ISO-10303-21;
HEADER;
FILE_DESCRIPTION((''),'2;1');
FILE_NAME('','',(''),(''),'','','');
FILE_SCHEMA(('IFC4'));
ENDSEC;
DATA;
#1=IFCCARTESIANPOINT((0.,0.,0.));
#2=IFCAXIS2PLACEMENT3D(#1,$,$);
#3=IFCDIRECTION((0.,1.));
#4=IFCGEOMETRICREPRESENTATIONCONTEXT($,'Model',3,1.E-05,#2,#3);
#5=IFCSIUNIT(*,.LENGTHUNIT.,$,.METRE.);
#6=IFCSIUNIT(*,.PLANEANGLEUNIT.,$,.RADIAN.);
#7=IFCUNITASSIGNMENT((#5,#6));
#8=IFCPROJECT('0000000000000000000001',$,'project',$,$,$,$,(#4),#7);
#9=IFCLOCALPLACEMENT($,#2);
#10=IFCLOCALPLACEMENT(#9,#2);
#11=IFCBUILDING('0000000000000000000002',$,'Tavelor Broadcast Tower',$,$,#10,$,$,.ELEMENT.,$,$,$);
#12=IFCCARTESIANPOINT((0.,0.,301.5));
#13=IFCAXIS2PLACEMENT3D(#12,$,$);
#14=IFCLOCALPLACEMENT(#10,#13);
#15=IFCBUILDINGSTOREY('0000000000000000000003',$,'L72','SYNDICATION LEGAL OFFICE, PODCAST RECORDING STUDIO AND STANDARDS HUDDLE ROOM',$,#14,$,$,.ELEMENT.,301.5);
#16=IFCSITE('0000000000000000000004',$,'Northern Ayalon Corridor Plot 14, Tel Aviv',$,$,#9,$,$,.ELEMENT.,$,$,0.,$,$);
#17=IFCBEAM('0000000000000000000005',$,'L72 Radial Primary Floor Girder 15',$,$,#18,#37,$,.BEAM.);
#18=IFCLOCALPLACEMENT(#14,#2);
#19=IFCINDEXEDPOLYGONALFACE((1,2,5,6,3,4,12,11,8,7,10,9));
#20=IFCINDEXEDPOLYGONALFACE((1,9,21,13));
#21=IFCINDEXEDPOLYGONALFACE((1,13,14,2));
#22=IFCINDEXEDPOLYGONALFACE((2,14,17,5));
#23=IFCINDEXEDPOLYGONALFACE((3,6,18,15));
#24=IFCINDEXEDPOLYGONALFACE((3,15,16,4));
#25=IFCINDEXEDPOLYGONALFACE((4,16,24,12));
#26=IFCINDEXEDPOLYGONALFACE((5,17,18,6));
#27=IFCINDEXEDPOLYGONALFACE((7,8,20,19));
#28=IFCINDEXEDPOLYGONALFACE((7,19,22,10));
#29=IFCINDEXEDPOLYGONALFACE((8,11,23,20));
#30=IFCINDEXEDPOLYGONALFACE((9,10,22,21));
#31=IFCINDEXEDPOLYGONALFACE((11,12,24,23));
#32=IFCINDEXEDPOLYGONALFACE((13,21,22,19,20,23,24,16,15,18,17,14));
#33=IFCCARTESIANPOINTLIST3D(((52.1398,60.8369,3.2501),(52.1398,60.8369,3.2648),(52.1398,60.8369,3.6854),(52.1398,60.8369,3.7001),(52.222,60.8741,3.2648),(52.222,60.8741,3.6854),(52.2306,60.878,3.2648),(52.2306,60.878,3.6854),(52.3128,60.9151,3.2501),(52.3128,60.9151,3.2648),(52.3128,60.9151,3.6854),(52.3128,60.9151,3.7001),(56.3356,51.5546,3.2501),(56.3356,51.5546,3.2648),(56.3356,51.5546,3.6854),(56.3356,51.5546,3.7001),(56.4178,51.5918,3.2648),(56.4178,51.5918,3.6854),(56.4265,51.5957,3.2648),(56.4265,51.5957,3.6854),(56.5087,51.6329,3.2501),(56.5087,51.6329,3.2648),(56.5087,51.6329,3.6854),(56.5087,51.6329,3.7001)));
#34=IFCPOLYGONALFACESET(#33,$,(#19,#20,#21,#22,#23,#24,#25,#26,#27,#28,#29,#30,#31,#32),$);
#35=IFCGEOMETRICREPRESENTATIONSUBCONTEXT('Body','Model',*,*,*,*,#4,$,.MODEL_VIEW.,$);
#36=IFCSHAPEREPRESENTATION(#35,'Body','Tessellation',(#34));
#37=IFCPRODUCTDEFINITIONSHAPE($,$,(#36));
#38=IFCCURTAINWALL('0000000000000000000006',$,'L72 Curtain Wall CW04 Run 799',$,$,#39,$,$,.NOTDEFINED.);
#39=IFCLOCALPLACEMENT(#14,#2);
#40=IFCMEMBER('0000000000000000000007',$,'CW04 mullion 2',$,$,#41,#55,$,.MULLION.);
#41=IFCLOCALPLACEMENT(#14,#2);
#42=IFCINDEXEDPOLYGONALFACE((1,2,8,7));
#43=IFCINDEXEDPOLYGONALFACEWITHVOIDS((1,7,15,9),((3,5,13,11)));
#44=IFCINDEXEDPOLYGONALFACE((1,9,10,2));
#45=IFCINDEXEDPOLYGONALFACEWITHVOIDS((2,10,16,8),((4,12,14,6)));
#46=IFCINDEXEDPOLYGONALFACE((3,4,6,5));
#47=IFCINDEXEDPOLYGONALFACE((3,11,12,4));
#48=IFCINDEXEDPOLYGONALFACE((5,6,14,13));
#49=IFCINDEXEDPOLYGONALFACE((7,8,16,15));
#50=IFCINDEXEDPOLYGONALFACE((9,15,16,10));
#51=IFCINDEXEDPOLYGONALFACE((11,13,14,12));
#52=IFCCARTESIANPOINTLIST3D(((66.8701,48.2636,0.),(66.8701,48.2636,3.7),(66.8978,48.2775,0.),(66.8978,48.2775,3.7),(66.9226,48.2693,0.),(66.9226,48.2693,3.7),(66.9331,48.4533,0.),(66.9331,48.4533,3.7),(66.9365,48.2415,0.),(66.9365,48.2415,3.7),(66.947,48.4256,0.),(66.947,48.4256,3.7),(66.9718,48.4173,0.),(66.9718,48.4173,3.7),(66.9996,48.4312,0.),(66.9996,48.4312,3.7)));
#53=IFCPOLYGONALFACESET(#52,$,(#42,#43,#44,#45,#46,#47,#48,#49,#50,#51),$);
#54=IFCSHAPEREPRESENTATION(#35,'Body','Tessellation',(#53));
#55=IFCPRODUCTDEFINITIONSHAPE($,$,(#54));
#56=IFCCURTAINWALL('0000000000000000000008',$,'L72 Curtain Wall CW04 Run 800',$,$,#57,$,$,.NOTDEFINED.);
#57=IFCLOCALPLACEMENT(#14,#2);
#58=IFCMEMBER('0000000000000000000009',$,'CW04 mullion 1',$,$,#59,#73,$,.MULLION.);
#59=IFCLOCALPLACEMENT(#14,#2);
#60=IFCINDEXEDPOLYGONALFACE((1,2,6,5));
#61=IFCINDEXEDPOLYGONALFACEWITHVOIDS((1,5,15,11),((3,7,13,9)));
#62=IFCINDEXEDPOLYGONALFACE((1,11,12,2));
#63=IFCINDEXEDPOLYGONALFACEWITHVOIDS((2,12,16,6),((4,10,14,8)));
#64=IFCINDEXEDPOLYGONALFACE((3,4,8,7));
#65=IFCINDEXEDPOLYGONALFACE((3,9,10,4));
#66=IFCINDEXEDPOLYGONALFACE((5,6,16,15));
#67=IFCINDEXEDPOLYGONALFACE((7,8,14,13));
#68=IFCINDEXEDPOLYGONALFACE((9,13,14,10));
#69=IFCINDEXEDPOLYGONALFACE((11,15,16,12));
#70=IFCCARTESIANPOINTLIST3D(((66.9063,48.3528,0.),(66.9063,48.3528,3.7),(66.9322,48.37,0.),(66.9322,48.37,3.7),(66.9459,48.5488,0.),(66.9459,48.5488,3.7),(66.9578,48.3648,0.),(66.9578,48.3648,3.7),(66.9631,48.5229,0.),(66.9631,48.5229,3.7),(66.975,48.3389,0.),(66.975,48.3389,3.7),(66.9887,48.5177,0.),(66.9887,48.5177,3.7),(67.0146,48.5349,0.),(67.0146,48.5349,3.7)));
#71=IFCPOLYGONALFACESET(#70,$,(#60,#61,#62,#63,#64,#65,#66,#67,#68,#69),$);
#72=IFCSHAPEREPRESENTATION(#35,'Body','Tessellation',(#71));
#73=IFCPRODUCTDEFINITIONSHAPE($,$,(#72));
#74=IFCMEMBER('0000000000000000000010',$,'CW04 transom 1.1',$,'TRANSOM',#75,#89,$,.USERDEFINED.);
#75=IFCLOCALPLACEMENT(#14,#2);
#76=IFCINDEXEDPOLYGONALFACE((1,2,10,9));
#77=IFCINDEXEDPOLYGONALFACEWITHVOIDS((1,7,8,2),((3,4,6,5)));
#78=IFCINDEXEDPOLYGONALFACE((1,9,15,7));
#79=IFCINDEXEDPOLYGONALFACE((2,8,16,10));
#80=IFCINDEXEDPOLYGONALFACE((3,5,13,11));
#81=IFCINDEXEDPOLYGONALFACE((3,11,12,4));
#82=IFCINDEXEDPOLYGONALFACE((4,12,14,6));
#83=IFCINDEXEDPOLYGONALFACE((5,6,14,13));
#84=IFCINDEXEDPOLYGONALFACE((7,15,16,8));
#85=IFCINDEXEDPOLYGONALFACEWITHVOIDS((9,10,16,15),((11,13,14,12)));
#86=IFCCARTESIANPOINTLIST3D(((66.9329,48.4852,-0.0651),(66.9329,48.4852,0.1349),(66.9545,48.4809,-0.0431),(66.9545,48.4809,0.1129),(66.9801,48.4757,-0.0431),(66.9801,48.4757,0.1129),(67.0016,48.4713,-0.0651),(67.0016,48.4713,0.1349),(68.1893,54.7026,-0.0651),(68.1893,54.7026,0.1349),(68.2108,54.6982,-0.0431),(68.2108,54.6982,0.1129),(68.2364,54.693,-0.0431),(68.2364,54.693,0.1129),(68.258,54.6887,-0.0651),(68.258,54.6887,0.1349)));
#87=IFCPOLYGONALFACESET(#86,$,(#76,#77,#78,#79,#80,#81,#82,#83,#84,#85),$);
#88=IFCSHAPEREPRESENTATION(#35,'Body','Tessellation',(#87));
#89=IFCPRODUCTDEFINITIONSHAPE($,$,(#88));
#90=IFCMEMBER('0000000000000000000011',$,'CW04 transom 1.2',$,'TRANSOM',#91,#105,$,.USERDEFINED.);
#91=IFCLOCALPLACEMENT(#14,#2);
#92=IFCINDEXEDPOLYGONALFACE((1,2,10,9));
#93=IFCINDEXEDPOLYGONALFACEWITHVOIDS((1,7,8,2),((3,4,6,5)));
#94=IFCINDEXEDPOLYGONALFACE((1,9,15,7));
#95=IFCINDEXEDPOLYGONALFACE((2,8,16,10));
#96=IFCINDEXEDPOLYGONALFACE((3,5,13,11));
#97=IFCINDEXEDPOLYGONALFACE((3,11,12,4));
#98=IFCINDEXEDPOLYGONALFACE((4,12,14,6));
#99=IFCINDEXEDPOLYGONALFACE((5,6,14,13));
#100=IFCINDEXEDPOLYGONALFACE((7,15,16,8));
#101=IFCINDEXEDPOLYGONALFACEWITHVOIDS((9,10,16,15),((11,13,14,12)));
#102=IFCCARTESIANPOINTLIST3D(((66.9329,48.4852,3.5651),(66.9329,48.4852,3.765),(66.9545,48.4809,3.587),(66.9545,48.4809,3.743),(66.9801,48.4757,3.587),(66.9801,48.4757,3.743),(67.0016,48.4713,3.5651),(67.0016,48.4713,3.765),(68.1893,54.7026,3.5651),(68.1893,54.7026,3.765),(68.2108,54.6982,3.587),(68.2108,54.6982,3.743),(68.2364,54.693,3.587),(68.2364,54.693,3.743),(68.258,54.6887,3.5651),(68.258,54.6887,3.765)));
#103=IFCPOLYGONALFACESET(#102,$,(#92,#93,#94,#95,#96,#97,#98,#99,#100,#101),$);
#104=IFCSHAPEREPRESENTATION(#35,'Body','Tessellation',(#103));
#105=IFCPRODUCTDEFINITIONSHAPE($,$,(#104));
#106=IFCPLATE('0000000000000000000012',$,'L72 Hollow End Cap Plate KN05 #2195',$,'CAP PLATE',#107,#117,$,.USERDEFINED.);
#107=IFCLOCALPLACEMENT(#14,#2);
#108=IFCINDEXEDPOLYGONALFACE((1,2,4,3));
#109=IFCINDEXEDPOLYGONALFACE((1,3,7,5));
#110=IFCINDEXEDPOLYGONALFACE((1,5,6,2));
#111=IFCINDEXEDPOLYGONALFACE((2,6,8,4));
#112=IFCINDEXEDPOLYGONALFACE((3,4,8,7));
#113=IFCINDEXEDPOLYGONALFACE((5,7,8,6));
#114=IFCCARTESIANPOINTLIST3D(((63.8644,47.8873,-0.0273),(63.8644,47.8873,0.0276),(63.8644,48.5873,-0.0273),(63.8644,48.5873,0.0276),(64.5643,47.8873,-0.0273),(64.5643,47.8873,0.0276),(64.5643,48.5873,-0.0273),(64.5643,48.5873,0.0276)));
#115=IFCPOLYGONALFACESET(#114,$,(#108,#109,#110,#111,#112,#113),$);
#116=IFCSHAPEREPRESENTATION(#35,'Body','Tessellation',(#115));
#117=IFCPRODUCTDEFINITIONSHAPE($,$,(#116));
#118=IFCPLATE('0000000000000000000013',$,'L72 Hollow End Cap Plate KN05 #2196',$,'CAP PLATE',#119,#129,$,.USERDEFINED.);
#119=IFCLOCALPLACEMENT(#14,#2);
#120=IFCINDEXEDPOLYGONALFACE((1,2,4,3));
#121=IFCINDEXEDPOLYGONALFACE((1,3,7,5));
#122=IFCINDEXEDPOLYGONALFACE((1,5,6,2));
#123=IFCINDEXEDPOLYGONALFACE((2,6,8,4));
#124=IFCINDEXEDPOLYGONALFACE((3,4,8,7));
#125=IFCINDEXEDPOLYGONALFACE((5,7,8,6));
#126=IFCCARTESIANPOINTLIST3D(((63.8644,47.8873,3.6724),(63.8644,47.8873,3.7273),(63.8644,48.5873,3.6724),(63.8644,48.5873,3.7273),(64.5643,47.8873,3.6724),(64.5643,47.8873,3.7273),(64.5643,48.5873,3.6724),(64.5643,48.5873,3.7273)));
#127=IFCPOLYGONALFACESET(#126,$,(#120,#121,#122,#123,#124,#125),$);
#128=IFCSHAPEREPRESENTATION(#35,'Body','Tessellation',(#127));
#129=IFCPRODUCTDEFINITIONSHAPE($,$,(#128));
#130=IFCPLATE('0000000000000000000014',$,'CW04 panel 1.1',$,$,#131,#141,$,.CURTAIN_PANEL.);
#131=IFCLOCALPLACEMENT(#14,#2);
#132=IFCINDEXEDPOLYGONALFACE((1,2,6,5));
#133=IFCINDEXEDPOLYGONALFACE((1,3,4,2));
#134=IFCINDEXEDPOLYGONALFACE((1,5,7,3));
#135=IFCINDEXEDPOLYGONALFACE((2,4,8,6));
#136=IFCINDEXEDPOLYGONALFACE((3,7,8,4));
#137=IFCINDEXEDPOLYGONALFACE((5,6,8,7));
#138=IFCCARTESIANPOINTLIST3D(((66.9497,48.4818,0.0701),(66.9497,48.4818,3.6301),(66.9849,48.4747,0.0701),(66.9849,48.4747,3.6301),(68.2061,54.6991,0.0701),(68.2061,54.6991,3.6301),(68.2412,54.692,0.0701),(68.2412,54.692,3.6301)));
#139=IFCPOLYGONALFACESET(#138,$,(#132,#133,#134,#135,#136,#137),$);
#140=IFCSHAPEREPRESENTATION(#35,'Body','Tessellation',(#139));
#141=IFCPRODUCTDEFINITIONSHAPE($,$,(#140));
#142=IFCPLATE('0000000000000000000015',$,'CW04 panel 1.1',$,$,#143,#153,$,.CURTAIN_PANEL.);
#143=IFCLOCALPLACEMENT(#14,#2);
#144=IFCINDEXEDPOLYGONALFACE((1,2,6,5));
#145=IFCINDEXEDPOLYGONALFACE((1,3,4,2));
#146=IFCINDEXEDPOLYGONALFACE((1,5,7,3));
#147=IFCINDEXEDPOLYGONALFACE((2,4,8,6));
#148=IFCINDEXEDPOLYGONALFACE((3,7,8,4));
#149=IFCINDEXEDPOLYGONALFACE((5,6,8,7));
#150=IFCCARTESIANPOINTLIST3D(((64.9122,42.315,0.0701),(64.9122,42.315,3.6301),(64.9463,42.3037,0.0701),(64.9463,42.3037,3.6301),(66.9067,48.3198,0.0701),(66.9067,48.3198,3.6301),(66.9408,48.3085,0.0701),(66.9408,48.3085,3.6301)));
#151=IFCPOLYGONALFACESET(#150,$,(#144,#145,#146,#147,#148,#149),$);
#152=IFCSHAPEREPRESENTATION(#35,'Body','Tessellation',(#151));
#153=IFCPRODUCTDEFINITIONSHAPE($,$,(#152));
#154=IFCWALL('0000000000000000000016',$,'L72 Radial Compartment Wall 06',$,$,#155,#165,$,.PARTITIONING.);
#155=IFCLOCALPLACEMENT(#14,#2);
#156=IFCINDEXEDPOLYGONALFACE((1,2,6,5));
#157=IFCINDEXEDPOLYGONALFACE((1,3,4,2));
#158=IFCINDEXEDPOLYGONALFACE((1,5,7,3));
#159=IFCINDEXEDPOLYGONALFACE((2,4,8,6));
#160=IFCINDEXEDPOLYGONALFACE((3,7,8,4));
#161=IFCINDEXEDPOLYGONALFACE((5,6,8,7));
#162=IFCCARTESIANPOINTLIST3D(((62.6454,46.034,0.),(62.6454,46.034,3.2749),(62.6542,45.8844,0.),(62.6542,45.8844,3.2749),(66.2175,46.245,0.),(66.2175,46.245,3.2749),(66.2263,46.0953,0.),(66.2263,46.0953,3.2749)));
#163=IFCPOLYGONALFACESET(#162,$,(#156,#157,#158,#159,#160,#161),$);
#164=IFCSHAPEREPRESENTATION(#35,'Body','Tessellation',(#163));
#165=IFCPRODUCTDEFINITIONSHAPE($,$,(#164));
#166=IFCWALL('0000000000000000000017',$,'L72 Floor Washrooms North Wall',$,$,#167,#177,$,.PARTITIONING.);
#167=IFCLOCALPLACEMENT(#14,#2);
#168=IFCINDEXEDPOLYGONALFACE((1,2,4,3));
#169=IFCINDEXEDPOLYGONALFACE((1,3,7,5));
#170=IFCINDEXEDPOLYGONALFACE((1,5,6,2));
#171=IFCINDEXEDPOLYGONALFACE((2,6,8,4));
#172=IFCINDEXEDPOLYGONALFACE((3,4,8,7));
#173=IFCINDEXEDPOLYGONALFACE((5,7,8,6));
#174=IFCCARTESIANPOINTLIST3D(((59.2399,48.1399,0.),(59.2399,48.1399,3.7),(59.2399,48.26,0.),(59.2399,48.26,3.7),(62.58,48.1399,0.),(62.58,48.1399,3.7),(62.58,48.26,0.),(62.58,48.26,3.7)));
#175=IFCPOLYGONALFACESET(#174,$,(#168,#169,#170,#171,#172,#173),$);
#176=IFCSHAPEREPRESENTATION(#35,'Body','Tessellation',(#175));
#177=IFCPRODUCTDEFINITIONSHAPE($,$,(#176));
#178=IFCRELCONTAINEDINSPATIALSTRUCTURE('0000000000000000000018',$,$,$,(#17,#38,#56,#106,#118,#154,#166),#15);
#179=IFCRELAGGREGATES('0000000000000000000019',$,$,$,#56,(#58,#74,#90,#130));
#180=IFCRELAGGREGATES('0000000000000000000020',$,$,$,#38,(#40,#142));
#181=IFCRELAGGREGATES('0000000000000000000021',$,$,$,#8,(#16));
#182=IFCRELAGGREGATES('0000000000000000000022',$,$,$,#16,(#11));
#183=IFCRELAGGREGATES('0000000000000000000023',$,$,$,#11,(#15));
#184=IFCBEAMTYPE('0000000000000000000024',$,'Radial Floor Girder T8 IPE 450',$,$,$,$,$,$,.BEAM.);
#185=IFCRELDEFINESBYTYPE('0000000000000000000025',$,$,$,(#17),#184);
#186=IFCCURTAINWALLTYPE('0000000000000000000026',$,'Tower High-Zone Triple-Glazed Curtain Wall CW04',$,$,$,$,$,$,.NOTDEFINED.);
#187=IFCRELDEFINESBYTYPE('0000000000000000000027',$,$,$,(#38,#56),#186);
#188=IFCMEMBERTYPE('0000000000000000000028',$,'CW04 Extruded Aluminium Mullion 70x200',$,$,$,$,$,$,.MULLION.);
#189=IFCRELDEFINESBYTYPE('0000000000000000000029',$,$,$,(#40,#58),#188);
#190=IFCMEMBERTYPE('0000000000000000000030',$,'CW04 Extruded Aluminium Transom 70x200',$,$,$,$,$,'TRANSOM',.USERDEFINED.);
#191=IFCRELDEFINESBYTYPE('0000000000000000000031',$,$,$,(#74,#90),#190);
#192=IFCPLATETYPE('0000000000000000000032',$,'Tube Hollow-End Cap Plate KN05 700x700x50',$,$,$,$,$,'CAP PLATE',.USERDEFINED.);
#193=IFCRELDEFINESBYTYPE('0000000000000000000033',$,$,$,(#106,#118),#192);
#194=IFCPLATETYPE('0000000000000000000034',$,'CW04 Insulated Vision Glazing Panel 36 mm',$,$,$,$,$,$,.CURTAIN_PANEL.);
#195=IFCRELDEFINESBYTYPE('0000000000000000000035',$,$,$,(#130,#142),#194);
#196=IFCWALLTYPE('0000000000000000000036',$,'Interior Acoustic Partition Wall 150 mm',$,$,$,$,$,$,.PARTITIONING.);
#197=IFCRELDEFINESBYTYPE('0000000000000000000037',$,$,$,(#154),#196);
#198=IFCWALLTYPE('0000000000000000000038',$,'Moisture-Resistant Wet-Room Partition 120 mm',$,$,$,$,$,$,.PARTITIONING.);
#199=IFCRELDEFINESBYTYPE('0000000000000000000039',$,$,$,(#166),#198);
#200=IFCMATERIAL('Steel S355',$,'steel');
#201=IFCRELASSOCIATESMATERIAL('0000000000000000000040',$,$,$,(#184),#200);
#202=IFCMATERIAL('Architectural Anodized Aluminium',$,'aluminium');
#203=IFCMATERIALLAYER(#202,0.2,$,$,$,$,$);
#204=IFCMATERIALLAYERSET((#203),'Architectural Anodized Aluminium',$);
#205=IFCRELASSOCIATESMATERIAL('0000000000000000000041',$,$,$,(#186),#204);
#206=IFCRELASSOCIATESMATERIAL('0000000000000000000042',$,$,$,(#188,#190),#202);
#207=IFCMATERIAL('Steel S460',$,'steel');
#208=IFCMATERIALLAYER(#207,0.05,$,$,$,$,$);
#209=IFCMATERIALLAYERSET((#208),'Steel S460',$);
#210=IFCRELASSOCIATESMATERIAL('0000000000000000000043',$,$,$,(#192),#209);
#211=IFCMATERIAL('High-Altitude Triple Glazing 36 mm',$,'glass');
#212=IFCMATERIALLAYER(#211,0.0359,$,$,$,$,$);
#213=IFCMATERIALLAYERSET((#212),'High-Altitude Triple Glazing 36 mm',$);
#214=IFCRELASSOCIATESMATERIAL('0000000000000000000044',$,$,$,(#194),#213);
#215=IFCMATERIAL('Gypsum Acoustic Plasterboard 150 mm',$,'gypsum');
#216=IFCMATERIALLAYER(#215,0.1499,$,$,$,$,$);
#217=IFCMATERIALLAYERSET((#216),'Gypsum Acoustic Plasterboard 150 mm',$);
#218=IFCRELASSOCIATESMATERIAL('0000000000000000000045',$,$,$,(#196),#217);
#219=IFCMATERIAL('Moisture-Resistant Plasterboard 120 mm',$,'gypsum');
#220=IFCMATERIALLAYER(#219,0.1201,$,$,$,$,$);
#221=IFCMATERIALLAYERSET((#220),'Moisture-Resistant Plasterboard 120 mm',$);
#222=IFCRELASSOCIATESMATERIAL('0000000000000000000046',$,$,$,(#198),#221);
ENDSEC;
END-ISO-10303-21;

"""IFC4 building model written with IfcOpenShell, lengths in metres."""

from ifc_helpers import new_model, si_unit, direction, frame, frame_2d, origin, origin_2d, place, context, subcontext, project, spatial, rectangle, hollow_rectangle, i_section, extrude, source, transform, mapped, material, layer, layer_set, material_profile, profile_set, type_object, type_shapes, element, aggregate, save


model = new_model("IFC4")

# Units and contexts
model_context = context("Model", 3, precision=1e-05, world=origin(), true_north=direction((0.0, 1.0)))
body_context = subcontext(model_context, "Body", "Model", "MODEL_VIEW")
ifc_project = project(units=[si_unit("LENGTHUNIT", "METRE"), si_unit("PLANEANGLEUNIT", "RADIAN")], contexts=[model_context])

# Site, building, storey
site_placement = place(None, origin())
site = spatial("IfcSite", under=ifc_project, at=site_placement, Name="Northern Ayalon Corridor Plot 14, Tel Aviv", CompositionType="ELEMENT", RefElevation=0.0)
building_placement = place(site_placement, origin())
building = spatial("IfcBuilding", under=site, at=building_placement, Name="Tavelor Broadcast Tower", CompositionType="ELEMENT")
storey_placement = place(building_placement, frame((0.0, 0.0, 301.5)))
storey = spatial("IfcBuildingStorey", under=building, at=storey_placement, Name="L72", Description="SYNDICATION LEGAL OFFICE, PODCAST RECORDING STUDIO AND STANDARDS HUDDLE ROOM", CompositionType="ELEMENT", Elevation=301.5)

# Shared definitions
ifc_material_1 = material(Name="Steel S460", Category="steel")

# Beam
ifc_material_2 = material(Name="Steel S355", Category="steel")
ifc_material_profile_1 = material_profile(ifc_material_2, i_section(OverallWidth=0.1899, OverallDepth=0.45, WebThickness=0.0095, FlangeThickness=0.0146, at=origin_2d()), Name="IPE 450")
ifc_profile_set_1 = profile_set([ifc_material_profile_1], Name="Steel S355")
beam_type_1 = type_object("IfcBeamType", Name="Radial Floor Girder T8 IPE 450", PredefinedType="BEAM", material=ifc_profile_set_1)
beam_1_placement = place(storey_placement, frame((56.4221, 51.5938, 3.4751), z_axis=(-0.411899, 0.91123, 0.0), x_axis=(-0.91123, -0.411899, 0.0)))
element("IfcBeam", 1, at=beam_1_placement, inside=storey, type_object=beam_type_1, Name="L72 Radial Primary Floor Girder 15", PredefinedType="BEAM", context=body_context, shape_type="SweptSolid", body=[
    extrude(i_section(OverallWidth=0.1899, OverallDepth=0.45, WebThickness=0.0095, FlangeThickness=0.0146, at=origin_2d()), origin(), (0.0, 0.0, 1.0), 10.1865),
])

# Curtain wall, member
ifc_material_3 = material(Name="Architectural Anodized Aluminium", Category="aluminium")
ifc_layer_1 = layer(ifc_material_3, 0.2)
ifc_layer_set_1 = layer_set([ifc_layer_1], Name="Architectural Anodized Aluminium")
curtain_wall_type = type_object("IfcCurtainWallType", Name="Tower High-Zone Triple-Glazed Curtain Wall CW04", PredefinedType="NOTDEFINED", material=ifc_layer_set_1)
curtain_wall_1_placement = place(storey_placement, origin())
curtain_wall_1 = element("IfcCurtainWall", 2, at=curtain_wall_1_placement, inside=storey, type_object=curtain_wall_type, Name="L72 Curtain Wall CW04 Run 799", PredefinedType="NOTDEFINED")
ifc_material_profile_2 = material_profile(ifc_material_3, hollow_rectangle(XDim=0.0701, YDim=0.2, WallThickness=0.022, at=origin_2d()), Name="RHS 70x200x22")
ifc_profile_set_2 = profile_set([ifc_material_profile_2], Name="Architectural Anodized Aluminium")
member_type_1 = type_object("IfcMemberType", Name="CW04 Extruded Aluminium Mullion 70x200", PredefinedType="MULLION", material=ifc_profile_set_2)
shared_shape_1 = source(origin(), body_context, "Body", "SweptSolid", [
    extrude(hollow_rectangle(XDim=0.0701, YDim=0.2, WallThickness=0.022, at=origin_2d()), origin(), (0.0, 0.0, 1.0), 3.7),
])
type_shapes(member_type_1, [shared_shape_1])
member_1_placement = place(storey_placement, frame((66.9348, 48.3474, 0.0), z_axis=(0.0, 0.0, 1.0), x_axis=(-0.94902, 0.315216, 0.0)))
member_1 = element("IfcMember", 3, at=member_1_placement, type_object=member_type_1, Name="CW04 mullion 2", PredefinedType="MULLION", context=body_context, shape_type="MappedRepresentation", body=[
    mapped(shared_shape_1, transform((0.0, 0.0, 0.0), scale=1.0)),
])

# Curtain wall, members
curtain_wall_2_placement = place(storey_placement, origin())
curtain_wall_2 = element("IfcCurtainWall", 4, at=curtain_wall_2_placement, inside=storey, type_object=curtain_wall_type, Name="L72 Curtain Wall CW04 Run 800", PredefinedType="NOTDEFINED")
member_2_placement = place(storey_placement, frame((66.9604, 48.4438, 0.0), z_axis=(0.0, 0.0, 1.0), x_axis=(-0.980188, 0.198071, 0.0)))
member_2 = element("IfcMember", 5, at=member_2_placement, type_object=member_type_1, Name="CW04 mullion 1", PredefinedType="MULLION", context=body_context, shape_type="MappedRepresentation", body=[
    mapped(shared_shape_1, transform((0.0, 0.0, 0.0), scale=1.0)),
])
ifc_material_profile_3 = material_profile(ifc_material_3, hollow_rectangle(XDim=0.0701, YDim=0.2, WallThickness=0.022, at=origin_2d()), Name="RHS 70x200x22")
ifc_profile_set_3 = profile_set([ifc_material_profile_3], Name="Architectural Anodized Aluminium")
member_type_2 = type_object("IfcMemberType", Name="CW04 Extruded Aluminium Transom 70x200", ElementType="TRANSOM", PredefinedType="USERDEFINED", material=ifc_profile_set_3)
shared_shape_2 = source(origin(), body_context, "Body", "SweptSolid", [
    extrude(hollow_rectangle(XDim=0.0701, YDim=0.2, WallThickness=0.022, at=origin_2d()), origin(), (0.0, 0.0, 1.0), 6.343),
])
type_shapes(member_type_2, [shared_shape_2])
member_3_placement = place(storey_placement, frame((66.9673, 48.4783, 0.0349), z_axis=(0.19807, 0.980188, 0.0), x_axis=(-0.980188, 0.19807, 0.0)))
member_3 = element("IfcMember", 6, at=member_3_placement, type_object=member_type_2, Name="CW04 transom 1.1", ObjectType="TRANSOM", PredefinedType="USERDEFINED", context=body_context, shape_type="MappedRepresentation", body=[
    mapped(shared_shape_2, transform((0.0, 0.0, 0.0), scale=1.0)),
])
member_4_placement = place(storey_placement, frame((66.9673, 48.4783, 3.665), z_axis=(0.19807, 0.980188, 0.0), x_axis=(-0.980188, 0.19807, 0.0)))
member_4 = element("IfcMember", 7, at=member_4_placement, type_object=member_type_2, Name="CW04 transom 1.2", ObjectType="TRANSOM", PredefinedType="USERDEFINED", context=body_context, shape_type="MappedRepresentation", body=[
    mapped(shared_shape_2, transform((0.0, 0.0, 0.0), scale=1.0)),
])

# Plates
ifc_layer_2 = layer(ifc_material_1, 0.05)
ifc_layer_set_2 = layer_set([ifc_layer_2], Name="Steel S460")
plate_type_1 = type_object("IfcPlateType", Name="Tube Hollow-End Cap Plate KN05 700x700x50", ElementType="CAP PLATE", PredefinedType="USERDEFINED", material=ifc_layer_set_2)
shared_shape_3 = source(origin(), body_context, "Body", "SweptSolid", [
    extrude(rectangle(XDim=0.7, YDim=0.7, at=origin_2d()), origin(), (0.0, 0.0, 1.0), 0.0549),
])
type_shapes(plate_type_1, [shared_shape_3])
for number, where, z_axis, x_axis, name in (
    (8, (64.2144, 48.2373, -0.0273), (0.0, 0.0, 1.0), (1.0, 0.0, 0.0), "L72 Hollow End Cap Plate KN05 #2195"),
    (9, (64.2144, 48.2373, 3.6724), (0.0, 0.0, 1.0), (1.0, 0.0, 0.0), "L72 Hollow End Cap Plate KN05 #2196"),
):
    element("IfcPlate", number, at=place(storey_placement, frame(where, z_axis=z_axis, x_axis=x_axis)), inside=storey, type_object=plate_type_1, Name=name, ObjectType="CAP PLATE", PredefinedType="USERDEFINED", context=body_context, shape_type="MappedRepresentation", body=[
        mapped(shared_shape_3, transform((0.0, 0.0, 0.0), scale=1.0)),
    ])

# Plates
ifc_material_4 = material(Name="High-Altitude Triple Glazing 36 mm", Category="glass")
ifc_layer_3 = layer(ifc_material_4, 0.0359)
ifc_layer_set_3 = layer_set([ifc_layer_3], Name="High-Altitude Triple Glazing 36 mm")
plate_type_2 = type_object("IfcPlateType", Name="CW04 Insulated Vision Glazing Panel 36 mm", PredefinedType="CURTAIN_PANEL", material=ifc_layer_set_3)
shared_shape_4 = source(origin(), body_context, "Body", "SweptSolid", [
    extrude(rectangle(XDim=6.343, YDim=0.0359, at=origin_2d()), origin(), (0.0, 0.0, 1.0), 3.5601),
])
plate_1_placement = place(storey_placement, frame((67.5955, 51.5869, 0.0701), z_axis=(0.0, 0.0, 1.0), x_axis=(0.198071, 0.980188, 0.0)))
plate_1 = element("IfcPlate", 10, at=plate_1_placement, type_object=plate_type_2, Name="CW04 panel 1.1", PredefinedType="CURTAIN_PANEL", context=body_context, shape_type="MappedRepresentation", body=[
    mapped(shared_shape_4, transform((0.0, 0.0, 0.0), scale=1.0)),
])
aggregate(curtain_wall_2, [member_2, member_3, member_4, plate_1])
shared_shape_5 = source(origin(), body_context, "Body", "SweptSolid", [
    extrude(rectangle(XDim=6.3274, YDim=0.0359, at=origin_2d()), origin(), (0.0, 0.0, 1.0), 3.5601),
])
type_shapes(plate_type_2, [shared_shape_4, shared_shape_5])
plate_2_placement = place(storey_placement, frame((65.9265, 45.3118, 0.0701), z_axis=(0.0, 0.0, 1.0), x_axis=(0.315216, 0.94902, 0.0)))
plate_2 = element("IfcPlate", 11, at=plate_2_placement, type_object=plate_type_2, Name="CW04 panel 1.1", PredefinedType="CURTAIN_PANEL", context=body_context, shape_type="MappedRepresentation", body=[
    mapped(shared_shape_5, transform((0.0, 0.0, 0.0), scale=1.0)),
])
aggregate(curtain_wall_1, [member_1, plate_2])

# Walls
ifc_material_5 = material(Name="Gypsum Acoustic Plasterboard 150 mm", Category="gypsum")
ifc_layer_4 = layer(ifc_material_5, 0.1499)
ifc_layer_set_4 = layer_set([ifc_layer_4], Name="Gypsum Acoustic Plasterboard 150 mm")
wall_type_1 = type_object("IfcWallType", Name="Interior Acoustic Partition Wall 150 mm", PredefinedType="PARTITIONING", material=ifc_layer_set_4)
wall_1_placement = place(storey_placement, frame((62.6499, 45.9592, 0.0), z_axis=(0.0, 0.0, 1.0), x_axis=(0.998261, 0.058946, 0.0)))
element("IfcWall", 12, at=wall_1_placement, inside=storey, type_object=wall_type_1, Name="L72 Radial Compartment Wall 06", PredefinedType="PARTITIONING", context=body_context, shape_type="SweptSolid", body=[
    extrude(rectangle(XDim=3.5784, YDim=0.1499, at=frame_2d((1.7891, 0.0))), origin(), (0.0, 0.0, 1.0), 3.2749),
])
ifc_material_6 = material(Name="Moisture-Resistant Plasterboard 120 mm", Category="gypsum")
ifc_layer_5 = layer(ifc_material_6, 0.1201)
ifc_layer_set_5 = layer_set([ifc_layer_5], Name="Moisture-Resistant Plasterboard 120 mm")
wall_type_2 = type_object("IfcWallType", Name="Moisture-Resistant Wet-Room Partition 120 mm", PredefinedType="PARTITIONING", material=ifc_layer_set_5)
wall_2_placement = place(storey_placement, frame((59.24, 48.2, 0.0), z_axis=(0.0, 0.0, 1.0), x_axis=(1.0, 0.0, 0.0)))
element("IfcWall", 13, at=wall_2_placement, inside=storey, type_object=wall_type_2, Name="L72 Floor Washrooms North Wall", PredefinedType="PARTITIONING", context=body_context, shape_type="SweptSolid", body=[
    extrude(rectangle(XDim=3.3401, YDim=0.1201, at=frame_2d((1.6699, 0.0))), origin(), (0.0, 0.0, 1.0), 3.7),
])

save(model, "model.ifc")
